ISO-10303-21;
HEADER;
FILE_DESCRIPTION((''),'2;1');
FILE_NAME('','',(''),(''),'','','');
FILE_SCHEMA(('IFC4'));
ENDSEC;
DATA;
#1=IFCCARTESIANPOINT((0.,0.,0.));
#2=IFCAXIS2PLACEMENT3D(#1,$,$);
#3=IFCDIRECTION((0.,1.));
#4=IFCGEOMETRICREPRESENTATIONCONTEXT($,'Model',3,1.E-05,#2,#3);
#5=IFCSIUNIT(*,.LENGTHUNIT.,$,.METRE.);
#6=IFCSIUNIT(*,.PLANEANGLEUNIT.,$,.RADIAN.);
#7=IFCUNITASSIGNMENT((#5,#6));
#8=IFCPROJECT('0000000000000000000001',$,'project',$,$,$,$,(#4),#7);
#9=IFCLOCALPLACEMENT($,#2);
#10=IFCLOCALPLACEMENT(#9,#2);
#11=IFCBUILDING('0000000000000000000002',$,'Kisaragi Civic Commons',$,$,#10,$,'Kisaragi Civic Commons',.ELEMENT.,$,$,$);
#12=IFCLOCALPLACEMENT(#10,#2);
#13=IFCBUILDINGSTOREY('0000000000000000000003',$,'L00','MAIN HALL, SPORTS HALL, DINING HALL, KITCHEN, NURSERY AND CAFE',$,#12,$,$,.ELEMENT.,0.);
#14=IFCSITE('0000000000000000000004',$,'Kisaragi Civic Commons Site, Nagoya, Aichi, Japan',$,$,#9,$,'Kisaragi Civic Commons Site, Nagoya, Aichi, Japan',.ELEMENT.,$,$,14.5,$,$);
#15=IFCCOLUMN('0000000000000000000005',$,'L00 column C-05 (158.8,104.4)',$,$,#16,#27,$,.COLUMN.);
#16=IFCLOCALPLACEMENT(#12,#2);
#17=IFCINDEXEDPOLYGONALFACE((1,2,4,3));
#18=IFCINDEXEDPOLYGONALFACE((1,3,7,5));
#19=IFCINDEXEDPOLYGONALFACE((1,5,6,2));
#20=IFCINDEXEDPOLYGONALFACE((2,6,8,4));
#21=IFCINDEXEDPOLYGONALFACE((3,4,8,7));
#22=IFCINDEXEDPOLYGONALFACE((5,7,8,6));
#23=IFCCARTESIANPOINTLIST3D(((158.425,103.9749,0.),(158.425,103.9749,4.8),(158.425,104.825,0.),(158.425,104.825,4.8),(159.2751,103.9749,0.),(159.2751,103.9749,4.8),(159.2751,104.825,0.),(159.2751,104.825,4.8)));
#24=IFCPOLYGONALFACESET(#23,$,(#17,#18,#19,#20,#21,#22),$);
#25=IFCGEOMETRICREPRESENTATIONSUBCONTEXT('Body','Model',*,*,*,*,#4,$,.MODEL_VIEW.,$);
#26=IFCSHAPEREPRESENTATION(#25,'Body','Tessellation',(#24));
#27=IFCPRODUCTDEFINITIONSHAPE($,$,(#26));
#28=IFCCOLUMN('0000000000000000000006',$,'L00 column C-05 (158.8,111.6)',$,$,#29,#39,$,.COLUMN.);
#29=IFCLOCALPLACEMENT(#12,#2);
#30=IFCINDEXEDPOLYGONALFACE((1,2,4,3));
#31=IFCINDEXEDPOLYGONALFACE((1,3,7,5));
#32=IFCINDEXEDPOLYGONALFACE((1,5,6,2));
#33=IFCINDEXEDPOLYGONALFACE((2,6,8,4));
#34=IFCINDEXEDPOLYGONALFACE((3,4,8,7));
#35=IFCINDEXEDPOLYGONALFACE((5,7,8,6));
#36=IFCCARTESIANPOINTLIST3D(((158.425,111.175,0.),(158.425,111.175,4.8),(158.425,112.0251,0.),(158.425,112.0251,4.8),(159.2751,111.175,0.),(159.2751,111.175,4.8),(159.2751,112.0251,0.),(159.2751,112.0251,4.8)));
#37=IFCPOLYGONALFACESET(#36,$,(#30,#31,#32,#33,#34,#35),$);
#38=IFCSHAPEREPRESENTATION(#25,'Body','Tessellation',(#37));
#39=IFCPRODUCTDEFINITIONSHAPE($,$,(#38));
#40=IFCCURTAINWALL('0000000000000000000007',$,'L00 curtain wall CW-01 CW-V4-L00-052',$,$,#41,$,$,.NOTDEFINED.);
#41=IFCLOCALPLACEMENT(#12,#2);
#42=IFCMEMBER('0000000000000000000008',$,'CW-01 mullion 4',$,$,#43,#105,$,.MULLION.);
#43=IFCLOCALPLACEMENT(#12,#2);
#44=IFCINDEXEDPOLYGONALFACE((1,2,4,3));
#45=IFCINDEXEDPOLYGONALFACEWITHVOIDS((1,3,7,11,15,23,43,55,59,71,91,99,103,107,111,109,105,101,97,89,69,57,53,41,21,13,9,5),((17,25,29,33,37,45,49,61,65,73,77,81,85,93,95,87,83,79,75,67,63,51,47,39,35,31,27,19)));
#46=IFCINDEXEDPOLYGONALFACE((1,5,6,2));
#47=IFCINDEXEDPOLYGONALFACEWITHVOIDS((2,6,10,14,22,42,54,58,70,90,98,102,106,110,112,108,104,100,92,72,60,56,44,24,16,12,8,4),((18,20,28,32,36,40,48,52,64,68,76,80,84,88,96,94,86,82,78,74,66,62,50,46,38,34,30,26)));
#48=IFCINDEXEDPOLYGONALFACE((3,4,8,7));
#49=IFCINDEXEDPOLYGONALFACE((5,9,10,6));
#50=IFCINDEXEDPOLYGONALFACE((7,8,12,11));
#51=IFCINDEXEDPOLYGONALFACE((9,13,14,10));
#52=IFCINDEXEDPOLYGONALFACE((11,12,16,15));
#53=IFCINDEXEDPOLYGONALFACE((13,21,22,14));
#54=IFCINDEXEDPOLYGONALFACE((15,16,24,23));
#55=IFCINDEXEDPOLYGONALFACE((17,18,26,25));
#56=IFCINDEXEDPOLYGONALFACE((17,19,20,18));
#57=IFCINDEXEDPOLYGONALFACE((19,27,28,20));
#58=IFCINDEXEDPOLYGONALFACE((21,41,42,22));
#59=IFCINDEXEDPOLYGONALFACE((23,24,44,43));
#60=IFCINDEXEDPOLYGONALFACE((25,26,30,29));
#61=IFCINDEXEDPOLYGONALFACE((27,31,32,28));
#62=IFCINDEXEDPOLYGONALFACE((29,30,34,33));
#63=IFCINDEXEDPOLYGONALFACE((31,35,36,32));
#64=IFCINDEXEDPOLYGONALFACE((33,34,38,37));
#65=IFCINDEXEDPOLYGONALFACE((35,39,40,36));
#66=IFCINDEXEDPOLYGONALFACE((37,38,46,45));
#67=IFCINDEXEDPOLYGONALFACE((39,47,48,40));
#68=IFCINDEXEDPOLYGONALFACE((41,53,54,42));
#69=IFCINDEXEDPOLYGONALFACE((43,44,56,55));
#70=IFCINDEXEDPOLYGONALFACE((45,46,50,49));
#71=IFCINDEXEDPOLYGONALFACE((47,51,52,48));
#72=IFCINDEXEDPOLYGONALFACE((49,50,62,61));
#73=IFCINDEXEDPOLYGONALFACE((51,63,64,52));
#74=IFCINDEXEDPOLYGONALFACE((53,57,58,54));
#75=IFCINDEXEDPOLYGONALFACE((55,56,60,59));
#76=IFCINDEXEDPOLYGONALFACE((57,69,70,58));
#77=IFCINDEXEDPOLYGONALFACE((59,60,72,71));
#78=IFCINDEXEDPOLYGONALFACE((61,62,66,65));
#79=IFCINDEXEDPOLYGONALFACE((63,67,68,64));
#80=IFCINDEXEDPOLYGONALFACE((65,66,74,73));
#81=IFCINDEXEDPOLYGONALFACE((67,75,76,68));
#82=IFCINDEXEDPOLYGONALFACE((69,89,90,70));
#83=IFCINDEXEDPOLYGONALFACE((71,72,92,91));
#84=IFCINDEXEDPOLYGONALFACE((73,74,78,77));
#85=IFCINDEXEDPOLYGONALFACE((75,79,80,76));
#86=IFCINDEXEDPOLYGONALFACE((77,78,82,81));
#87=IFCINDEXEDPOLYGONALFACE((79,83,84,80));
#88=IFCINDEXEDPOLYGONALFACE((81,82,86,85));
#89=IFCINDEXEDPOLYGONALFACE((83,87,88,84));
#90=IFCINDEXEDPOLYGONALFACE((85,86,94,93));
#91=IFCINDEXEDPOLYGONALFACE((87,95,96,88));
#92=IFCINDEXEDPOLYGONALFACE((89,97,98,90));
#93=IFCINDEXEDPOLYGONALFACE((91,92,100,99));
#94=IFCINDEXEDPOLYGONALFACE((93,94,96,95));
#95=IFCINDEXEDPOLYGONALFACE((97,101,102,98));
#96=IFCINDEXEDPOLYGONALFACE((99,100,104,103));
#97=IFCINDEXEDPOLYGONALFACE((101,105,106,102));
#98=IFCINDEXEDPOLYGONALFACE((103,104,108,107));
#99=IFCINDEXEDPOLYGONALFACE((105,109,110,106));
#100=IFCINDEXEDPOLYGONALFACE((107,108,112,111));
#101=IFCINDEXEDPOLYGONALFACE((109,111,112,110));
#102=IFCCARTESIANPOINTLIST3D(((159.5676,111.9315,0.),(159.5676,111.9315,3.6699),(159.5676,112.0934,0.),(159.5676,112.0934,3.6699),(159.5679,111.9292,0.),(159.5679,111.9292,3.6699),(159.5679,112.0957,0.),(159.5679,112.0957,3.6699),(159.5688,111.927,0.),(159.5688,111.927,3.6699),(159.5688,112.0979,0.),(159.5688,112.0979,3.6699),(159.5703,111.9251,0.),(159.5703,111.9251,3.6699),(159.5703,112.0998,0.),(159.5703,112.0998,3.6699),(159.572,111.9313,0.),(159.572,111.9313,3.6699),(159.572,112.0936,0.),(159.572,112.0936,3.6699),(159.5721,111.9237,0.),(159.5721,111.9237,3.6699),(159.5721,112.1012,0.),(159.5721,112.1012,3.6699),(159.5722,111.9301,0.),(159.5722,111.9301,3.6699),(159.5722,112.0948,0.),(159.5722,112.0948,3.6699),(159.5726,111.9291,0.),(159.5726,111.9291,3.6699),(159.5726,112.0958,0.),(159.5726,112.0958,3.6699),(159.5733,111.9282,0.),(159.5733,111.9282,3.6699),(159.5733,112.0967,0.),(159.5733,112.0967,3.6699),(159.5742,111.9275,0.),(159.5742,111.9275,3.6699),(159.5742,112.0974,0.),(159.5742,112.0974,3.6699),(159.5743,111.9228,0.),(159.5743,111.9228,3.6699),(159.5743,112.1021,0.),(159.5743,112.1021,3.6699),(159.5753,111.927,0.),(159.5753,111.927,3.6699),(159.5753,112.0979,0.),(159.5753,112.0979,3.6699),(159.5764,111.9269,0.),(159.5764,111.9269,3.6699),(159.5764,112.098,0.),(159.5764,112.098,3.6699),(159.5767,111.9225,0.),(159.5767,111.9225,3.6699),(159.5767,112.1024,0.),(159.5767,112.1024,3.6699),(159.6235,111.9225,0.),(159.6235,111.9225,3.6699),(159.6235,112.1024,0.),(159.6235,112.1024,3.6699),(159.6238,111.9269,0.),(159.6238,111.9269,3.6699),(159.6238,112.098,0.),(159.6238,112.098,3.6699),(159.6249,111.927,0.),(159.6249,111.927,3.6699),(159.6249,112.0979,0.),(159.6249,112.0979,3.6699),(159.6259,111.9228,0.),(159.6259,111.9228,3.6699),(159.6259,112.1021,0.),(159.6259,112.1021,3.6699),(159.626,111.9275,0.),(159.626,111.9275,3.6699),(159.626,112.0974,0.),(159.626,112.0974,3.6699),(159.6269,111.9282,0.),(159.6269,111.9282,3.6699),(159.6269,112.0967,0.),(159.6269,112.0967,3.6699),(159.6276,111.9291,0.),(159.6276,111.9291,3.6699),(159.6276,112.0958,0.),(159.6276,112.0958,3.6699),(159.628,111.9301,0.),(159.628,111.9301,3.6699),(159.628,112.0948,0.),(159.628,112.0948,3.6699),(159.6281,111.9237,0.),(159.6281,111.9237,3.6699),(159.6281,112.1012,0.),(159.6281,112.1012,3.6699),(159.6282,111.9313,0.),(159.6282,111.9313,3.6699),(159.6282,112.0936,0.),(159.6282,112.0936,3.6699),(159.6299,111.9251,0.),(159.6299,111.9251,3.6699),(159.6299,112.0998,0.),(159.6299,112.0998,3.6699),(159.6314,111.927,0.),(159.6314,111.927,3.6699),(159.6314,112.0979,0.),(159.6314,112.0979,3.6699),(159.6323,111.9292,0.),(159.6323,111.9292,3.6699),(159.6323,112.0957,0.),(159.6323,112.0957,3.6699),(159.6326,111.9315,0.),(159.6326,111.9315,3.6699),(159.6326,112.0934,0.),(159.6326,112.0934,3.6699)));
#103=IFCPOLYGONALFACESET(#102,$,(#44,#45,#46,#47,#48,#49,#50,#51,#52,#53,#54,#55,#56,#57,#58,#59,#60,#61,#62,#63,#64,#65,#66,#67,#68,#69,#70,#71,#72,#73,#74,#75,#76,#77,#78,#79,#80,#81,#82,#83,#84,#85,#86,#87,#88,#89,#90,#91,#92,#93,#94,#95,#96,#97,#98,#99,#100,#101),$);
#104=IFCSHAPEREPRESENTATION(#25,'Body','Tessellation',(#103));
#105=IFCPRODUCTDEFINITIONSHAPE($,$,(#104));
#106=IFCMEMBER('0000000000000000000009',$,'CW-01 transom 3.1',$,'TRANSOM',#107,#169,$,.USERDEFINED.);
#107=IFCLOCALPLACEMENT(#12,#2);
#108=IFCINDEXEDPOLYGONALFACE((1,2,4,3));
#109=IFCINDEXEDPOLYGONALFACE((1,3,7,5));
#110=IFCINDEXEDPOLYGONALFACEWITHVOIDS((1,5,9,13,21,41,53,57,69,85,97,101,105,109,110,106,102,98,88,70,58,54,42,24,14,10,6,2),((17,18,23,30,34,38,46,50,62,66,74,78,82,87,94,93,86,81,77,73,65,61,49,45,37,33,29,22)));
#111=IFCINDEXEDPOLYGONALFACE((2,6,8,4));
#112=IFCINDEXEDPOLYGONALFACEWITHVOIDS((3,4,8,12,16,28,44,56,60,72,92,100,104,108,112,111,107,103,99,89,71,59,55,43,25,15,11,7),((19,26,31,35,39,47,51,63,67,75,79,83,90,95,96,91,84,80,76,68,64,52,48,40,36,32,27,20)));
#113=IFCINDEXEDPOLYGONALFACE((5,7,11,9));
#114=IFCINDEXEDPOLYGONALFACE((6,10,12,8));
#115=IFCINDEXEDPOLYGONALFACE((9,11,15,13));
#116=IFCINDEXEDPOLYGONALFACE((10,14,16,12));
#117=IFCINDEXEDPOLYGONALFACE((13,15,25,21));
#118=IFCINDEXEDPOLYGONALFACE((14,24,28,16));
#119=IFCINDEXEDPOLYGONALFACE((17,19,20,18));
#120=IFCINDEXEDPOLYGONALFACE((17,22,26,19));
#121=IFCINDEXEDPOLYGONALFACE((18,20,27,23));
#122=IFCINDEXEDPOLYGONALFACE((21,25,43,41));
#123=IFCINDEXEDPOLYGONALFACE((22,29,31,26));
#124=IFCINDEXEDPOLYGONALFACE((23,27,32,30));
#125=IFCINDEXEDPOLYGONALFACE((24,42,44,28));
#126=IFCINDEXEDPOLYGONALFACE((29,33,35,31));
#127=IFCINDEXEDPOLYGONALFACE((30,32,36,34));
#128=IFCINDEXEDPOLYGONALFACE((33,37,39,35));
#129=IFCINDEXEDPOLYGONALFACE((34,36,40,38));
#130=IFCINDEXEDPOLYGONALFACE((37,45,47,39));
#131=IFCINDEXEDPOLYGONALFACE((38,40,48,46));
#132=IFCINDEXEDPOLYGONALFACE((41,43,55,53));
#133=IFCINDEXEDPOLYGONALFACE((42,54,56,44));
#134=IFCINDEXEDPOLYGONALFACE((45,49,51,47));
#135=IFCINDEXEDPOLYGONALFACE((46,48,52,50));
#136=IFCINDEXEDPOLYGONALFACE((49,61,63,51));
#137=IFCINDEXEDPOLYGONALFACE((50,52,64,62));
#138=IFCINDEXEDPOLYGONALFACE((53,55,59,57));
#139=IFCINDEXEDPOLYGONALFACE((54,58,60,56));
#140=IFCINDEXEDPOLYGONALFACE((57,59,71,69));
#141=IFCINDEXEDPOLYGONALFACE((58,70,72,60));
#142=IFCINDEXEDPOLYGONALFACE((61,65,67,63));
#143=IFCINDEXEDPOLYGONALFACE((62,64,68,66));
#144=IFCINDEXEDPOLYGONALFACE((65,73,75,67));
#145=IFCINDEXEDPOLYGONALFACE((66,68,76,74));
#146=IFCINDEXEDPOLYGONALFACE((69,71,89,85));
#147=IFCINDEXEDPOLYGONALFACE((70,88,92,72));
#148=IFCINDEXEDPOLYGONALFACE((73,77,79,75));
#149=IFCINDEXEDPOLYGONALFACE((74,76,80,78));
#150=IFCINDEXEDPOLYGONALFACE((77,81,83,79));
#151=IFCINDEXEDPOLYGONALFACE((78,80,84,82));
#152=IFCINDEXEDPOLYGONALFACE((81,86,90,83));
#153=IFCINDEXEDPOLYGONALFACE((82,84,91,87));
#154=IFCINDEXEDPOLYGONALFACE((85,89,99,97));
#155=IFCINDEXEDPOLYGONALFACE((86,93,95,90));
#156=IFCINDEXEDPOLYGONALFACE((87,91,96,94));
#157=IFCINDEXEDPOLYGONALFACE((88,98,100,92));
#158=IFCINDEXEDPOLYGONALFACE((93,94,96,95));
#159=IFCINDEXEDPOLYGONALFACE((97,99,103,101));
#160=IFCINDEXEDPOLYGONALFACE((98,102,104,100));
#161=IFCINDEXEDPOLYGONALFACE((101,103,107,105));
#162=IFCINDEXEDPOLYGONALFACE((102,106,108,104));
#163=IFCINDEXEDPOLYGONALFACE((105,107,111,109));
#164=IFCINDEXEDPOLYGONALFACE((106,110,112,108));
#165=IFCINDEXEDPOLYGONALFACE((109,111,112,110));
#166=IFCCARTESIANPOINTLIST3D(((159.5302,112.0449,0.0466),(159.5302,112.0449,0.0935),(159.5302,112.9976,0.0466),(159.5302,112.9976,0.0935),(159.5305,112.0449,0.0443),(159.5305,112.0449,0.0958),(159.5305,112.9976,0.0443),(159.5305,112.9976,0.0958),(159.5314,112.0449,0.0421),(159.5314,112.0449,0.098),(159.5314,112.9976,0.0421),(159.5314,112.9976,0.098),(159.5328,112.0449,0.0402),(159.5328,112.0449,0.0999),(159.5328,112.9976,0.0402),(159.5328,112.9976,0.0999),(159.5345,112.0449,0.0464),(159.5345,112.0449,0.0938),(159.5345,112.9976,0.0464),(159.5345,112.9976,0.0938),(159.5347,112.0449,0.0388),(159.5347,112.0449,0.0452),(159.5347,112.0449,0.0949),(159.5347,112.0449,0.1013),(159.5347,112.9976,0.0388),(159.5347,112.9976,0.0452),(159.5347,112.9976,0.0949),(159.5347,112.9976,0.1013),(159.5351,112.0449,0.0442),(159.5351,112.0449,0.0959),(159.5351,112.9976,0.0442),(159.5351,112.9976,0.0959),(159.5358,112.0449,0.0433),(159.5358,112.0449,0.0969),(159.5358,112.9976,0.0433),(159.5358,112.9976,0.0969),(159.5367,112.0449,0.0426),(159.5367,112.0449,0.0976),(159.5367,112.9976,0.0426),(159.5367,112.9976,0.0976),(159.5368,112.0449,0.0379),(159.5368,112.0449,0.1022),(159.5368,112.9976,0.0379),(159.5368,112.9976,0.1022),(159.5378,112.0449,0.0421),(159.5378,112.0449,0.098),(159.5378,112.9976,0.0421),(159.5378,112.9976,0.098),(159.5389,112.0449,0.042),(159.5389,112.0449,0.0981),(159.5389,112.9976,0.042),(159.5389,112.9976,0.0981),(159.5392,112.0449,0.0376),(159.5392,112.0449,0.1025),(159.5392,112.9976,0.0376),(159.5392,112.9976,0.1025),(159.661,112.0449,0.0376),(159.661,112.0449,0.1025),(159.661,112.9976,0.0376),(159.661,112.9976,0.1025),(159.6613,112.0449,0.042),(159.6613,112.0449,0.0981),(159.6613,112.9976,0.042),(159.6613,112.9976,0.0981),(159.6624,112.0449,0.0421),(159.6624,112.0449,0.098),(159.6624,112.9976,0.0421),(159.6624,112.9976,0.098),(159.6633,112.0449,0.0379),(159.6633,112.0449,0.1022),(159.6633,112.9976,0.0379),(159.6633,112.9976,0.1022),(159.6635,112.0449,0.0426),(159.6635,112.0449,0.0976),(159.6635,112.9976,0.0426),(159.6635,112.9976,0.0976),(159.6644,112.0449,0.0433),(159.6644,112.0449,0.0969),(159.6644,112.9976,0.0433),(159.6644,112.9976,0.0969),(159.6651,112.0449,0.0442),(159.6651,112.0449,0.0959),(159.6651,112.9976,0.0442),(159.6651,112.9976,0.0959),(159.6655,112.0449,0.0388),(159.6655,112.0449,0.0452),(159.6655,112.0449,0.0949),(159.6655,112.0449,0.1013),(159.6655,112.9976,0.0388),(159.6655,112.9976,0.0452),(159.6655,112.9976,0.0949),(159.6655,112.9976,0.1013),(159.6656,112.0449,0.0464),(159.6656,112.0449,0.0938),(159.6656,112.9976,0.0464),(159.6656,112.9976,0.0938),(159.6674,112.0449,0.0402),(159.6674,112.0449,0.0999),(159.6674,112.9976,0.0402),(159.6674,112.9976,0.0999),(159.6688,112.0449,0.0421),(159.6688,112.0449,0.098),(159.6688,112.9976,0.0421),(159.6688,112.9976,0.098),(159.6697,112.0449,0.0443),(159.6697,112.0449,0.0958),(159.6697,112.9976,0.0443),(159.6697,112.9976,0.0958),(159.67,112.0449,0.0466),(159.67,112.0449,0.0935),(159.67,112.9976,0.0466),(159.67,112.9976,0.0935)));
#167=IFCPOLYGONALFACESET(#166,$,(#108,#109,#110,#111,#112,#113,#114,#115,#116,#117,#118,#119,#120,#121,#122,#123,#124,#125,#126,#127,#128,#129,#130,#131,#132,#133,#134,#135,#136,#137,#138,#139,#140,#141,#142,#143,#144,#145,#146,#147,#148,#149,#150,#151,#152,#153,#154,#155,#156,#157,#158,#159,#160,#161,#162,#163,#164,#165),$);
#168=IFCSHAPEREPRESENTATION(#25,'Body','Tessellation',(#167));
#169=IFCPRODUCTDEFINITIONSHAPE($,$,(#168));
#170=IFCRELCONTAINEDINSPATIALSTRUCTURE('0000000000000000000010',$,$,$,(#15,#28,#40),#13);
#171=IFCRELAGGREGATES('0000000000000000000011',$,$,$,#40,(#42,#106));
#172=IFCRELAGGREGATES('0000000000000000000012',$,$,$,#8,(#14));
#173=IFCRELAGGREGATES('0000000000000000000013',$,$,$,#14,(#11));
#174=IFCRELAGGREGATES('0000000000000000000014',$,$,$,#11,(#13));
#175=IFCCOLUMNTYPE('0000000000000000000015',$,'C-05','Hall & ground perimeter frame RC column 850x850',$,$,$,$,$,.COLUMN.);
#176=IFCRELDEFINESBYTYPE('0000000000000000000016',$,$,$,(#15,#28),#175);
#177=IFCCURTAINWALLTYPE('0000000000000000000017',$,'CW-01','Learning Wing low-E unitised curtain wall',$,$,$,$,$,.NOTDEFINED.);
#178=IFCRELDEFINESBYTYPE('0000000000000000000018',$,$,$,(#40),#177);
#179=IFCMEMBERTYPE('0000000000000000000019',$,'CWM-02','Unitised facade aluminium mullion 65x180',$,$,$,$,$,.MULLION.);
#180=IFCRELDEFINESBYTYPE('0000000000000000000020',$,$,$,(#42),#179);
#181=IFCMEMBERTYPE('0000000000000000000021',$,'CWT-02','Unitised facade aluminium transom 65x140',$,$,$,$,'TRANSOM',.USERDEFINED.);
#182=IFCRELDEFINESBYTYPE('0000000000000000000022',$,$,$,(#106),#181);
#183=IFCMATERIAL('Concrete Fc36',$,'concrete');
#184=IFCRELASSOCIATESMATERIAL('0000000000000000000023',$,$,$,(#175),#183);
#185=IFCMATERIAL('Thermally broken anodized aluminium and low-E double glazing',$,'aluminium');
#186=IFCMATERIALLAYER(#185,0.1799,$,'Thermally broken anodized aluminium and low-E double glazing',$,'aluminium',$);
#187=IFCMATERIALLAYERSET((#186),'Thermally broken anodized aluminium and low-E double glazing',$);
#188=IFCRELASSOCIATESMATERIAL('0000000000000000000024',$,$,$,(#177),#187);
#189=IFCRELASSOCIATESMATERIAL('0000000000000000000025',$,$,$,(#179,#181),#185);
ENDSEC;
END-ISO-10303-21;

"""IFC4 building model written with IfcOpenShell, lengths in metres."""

from ifc_helpers import new_model, si_unit, direction, frame, origin, origin_2d, place, context, subcontext, project, spatial, rectangle, hollow_rectangle, extrude, material, layer, layer_set, material_profile, profile_set, type_object, element, aggregate, save


model = new_model("IFC4")

# Units and contexts
model_context = context("Model", 3, precision=1e-05, world=origin(), true_north=direction((0.0, 1.0)))
body_context = subcontext(model_context, "Body", "Model", "MODEL_VIEW")
ifc_project = project(units=[si_unit("LENGTHUNIT", "METRE"), si_unit("PLANEANGLEUNIT", "RADIAN")], contexts=[model_context])

# Site, building, storey
site_placement = place(None, origin())
site = spatial("IfcSite", under=ifc_project, at=site_placement, Name="Kisaragi Civic Commons Site, Nagoya, Aichi, Japan", LongName="Kisaragi Civic Commons Site, Nagoya, Aichi, Japan", CompositionType="ELEMENT", RefElevation=14.5)
building_placement = place(site_placement, origin())
building = spatial("IfcBuilding", under=site, at=building_placement, Name="Kisaragi Civic Commons", LongName="Kisaragi Civic Commons", CompositionType="ELEMENT")
storey_placement = place(building_placement, origin())
storey = spatial("IfcBuildingStorey", under=building, at=storey_placement, Name="L00", Description="MAIN HALL, SPORTS HALL, DINING HALL, KITCHEN, NURSERY AND CAFE", CompositionType="ELEMENT", Elevation=0.0)

# Columns
ifc_material_1 = material(Name="Concrete Fc36", Category="concrete")
ifc_material_profile_1 = material_profile(ifc_material_1, rectangle(XDim=0.8501, YDim=0.8501, at=origin_2d()), Name="RC-850x850", Category="concrete")
ifc_profile_set_1 = profile_set([ifc_material_profile_1], Name="Concrete Fc36")
column_type = type_object("IfcColumnType", Name="C-05", Description="Hall & ground perimeter frame RC column 850x850", PredefinedType="COLUMN", material=ifc_profile_set_1)
for number, where, z_axis, x_axis, name in (
    (1, (158.8501, 104.3999, 0.0), (0.0, 0.0, 1.0), (1.0, 0.0, 0.0), "L00 column C-05 (158.8,104.4)"),
    (2, (158.8501, 111.6001, 0.0), (0.0, 0.0, 1.0), (1.0, 0.0, 0.0), "L00 column C-05 (158.8,111.6)"),
):
    element("IfcColumn", number, at=place(storey_placement, frame(where, z_axis=z_axis, x_axis=x_axis)), inside=storey, type_object=column_type, Name=name, PredefinedType="COLUMN", context=body_context, shape_type="SweptSolid", body=[
        extrude(rectangle(XDim=0.8501, YDim=0.8501, at=origin_2d()), origin(), (0.0, 0.0, 1.0), 4.8),
    ])

# Curtain wall, members
ifc_material_2 = material(Name="Thermally broken anodized aluminium and low-E double glazing", Category="aluminium")
ifc_layer_1 = layer(ifc_material_2, 0.1799, Name="Thermally broken anodized aluminium and low-E double glazing", Category="aluminium")
ifc_layer_set_1 = layer_set([ifc_layer_1], Name="Thermally broken anodized aluminium and low-E double glazing")
curtain_wall_type = type_object("IfcCurtainWallType", Name="CW-01", Description="Learning Wing low-E unitised curtain wall", PredefinedType="NOTDEFINED", material=ifc_layer_set_1)
curtain_wall_placement = place(storey_placement, origin())
curtain_wall = element("IfcCurtainWall", 3, at=curtain_wall_placement, inside=storey, type_object=curtain_wall_type, Name="L00 curtain wall CW-01 CW-V4-L00-052", PredefinedType="NOTDEFINED")
ifc_material_profile_2 = material_profile(ifc_material_2, hollow_rectangle(XDim=0.0649, YDim=0.1799, WallThickness=0.0044, InnerFilletRadius=0.0044, OuterFilletRadius=0.009, at=origin_2d()), Name="CWM-65x180x4.5", Category="aluminium")
ifc_profile_set_2 = profile_set([ifc_material_profile_2], Name="Thermally broken anodized aluminium and low-E double glazing")
member_type_1 = type_object("IfcMemberType", Name="CWM-02", Description="Unitised facade aluminium mullion 65x180", PredefinedType="MULLION", material=ifc_profile_set_2)
member_1_placement = place(storey_placement, frame((159.6001, 112.0125, 0.0), z_axis=(0.0, 0.0, 1.0), x_axis=(1.0, 0.0, 0.0)))
member_1 = element("IfcMember", 4, at=member_1_placement, type_object=member_type_1, Name="CW-01 mullion 4", PredefinedType="MULLION", context=body_context, shape_type="SweptSolid", body=[
    extrude(hollow_rectangle(XDim=0.0649, YDim=0.1799, WallThickness=0.0044, InnerFilletRadius=0.0044, OuterFilletRadius=0.009, at=origin_2d()), origin(), (0.0, 0.0, 1.0), 3.6699),
])
ifc_material_profile_3 = material_profile(ifc_material_2, hollow_rectangle(XDim=0.1399, YDim=0.0649, WallThickness=0.0044, InnerFilletRadius=0.0044, OuterFilletRadius=0.009, at=origin_2d()), Name="CWT-65x140x4.5", Category="aluminium")
ifc_profile_set_3 = profile_set([ifc_material_profile_3], Name="Thermally broken anodized aluminium and low-E double glazing")
member_type_2 = type_object("IfcMemberType", Name="CWT-02", Description="Unitised facade aluminium transom 65x140", ElementType="TRANSOM", PredefinedType="USERDEFINED", material=ifc_profile_set_3)
member_2_placement = place(storey_placement, frame((159.6001, 112.9976, 0.0701), z_axis=(0.0, -1.0, 0.0), x_axis=(1.0, 0.0, 0.0)))
member_2 = element("IfcMember", 5, at=member_2_placement, type_object=member_type_2, Name="CW-01 transom 3.1", ObjectType="TRANSOM", PredefinedType="USERDEFINED", context=body_context, shape_type="SweptSolid", body=[
    extrude(hollow_rectangle(XDim=0.1399, YDim=0.0649, WallThickness=0.0044, InnerFilletRadius=0.0044, OuterFilletRadius=0.009, at=origin_2d()), origin(), (0.0, 0.0, 1.0), 0.9526),
])

aggregate(curtain_wall, [member_1, member_2])

save(model, "model.ifc")
